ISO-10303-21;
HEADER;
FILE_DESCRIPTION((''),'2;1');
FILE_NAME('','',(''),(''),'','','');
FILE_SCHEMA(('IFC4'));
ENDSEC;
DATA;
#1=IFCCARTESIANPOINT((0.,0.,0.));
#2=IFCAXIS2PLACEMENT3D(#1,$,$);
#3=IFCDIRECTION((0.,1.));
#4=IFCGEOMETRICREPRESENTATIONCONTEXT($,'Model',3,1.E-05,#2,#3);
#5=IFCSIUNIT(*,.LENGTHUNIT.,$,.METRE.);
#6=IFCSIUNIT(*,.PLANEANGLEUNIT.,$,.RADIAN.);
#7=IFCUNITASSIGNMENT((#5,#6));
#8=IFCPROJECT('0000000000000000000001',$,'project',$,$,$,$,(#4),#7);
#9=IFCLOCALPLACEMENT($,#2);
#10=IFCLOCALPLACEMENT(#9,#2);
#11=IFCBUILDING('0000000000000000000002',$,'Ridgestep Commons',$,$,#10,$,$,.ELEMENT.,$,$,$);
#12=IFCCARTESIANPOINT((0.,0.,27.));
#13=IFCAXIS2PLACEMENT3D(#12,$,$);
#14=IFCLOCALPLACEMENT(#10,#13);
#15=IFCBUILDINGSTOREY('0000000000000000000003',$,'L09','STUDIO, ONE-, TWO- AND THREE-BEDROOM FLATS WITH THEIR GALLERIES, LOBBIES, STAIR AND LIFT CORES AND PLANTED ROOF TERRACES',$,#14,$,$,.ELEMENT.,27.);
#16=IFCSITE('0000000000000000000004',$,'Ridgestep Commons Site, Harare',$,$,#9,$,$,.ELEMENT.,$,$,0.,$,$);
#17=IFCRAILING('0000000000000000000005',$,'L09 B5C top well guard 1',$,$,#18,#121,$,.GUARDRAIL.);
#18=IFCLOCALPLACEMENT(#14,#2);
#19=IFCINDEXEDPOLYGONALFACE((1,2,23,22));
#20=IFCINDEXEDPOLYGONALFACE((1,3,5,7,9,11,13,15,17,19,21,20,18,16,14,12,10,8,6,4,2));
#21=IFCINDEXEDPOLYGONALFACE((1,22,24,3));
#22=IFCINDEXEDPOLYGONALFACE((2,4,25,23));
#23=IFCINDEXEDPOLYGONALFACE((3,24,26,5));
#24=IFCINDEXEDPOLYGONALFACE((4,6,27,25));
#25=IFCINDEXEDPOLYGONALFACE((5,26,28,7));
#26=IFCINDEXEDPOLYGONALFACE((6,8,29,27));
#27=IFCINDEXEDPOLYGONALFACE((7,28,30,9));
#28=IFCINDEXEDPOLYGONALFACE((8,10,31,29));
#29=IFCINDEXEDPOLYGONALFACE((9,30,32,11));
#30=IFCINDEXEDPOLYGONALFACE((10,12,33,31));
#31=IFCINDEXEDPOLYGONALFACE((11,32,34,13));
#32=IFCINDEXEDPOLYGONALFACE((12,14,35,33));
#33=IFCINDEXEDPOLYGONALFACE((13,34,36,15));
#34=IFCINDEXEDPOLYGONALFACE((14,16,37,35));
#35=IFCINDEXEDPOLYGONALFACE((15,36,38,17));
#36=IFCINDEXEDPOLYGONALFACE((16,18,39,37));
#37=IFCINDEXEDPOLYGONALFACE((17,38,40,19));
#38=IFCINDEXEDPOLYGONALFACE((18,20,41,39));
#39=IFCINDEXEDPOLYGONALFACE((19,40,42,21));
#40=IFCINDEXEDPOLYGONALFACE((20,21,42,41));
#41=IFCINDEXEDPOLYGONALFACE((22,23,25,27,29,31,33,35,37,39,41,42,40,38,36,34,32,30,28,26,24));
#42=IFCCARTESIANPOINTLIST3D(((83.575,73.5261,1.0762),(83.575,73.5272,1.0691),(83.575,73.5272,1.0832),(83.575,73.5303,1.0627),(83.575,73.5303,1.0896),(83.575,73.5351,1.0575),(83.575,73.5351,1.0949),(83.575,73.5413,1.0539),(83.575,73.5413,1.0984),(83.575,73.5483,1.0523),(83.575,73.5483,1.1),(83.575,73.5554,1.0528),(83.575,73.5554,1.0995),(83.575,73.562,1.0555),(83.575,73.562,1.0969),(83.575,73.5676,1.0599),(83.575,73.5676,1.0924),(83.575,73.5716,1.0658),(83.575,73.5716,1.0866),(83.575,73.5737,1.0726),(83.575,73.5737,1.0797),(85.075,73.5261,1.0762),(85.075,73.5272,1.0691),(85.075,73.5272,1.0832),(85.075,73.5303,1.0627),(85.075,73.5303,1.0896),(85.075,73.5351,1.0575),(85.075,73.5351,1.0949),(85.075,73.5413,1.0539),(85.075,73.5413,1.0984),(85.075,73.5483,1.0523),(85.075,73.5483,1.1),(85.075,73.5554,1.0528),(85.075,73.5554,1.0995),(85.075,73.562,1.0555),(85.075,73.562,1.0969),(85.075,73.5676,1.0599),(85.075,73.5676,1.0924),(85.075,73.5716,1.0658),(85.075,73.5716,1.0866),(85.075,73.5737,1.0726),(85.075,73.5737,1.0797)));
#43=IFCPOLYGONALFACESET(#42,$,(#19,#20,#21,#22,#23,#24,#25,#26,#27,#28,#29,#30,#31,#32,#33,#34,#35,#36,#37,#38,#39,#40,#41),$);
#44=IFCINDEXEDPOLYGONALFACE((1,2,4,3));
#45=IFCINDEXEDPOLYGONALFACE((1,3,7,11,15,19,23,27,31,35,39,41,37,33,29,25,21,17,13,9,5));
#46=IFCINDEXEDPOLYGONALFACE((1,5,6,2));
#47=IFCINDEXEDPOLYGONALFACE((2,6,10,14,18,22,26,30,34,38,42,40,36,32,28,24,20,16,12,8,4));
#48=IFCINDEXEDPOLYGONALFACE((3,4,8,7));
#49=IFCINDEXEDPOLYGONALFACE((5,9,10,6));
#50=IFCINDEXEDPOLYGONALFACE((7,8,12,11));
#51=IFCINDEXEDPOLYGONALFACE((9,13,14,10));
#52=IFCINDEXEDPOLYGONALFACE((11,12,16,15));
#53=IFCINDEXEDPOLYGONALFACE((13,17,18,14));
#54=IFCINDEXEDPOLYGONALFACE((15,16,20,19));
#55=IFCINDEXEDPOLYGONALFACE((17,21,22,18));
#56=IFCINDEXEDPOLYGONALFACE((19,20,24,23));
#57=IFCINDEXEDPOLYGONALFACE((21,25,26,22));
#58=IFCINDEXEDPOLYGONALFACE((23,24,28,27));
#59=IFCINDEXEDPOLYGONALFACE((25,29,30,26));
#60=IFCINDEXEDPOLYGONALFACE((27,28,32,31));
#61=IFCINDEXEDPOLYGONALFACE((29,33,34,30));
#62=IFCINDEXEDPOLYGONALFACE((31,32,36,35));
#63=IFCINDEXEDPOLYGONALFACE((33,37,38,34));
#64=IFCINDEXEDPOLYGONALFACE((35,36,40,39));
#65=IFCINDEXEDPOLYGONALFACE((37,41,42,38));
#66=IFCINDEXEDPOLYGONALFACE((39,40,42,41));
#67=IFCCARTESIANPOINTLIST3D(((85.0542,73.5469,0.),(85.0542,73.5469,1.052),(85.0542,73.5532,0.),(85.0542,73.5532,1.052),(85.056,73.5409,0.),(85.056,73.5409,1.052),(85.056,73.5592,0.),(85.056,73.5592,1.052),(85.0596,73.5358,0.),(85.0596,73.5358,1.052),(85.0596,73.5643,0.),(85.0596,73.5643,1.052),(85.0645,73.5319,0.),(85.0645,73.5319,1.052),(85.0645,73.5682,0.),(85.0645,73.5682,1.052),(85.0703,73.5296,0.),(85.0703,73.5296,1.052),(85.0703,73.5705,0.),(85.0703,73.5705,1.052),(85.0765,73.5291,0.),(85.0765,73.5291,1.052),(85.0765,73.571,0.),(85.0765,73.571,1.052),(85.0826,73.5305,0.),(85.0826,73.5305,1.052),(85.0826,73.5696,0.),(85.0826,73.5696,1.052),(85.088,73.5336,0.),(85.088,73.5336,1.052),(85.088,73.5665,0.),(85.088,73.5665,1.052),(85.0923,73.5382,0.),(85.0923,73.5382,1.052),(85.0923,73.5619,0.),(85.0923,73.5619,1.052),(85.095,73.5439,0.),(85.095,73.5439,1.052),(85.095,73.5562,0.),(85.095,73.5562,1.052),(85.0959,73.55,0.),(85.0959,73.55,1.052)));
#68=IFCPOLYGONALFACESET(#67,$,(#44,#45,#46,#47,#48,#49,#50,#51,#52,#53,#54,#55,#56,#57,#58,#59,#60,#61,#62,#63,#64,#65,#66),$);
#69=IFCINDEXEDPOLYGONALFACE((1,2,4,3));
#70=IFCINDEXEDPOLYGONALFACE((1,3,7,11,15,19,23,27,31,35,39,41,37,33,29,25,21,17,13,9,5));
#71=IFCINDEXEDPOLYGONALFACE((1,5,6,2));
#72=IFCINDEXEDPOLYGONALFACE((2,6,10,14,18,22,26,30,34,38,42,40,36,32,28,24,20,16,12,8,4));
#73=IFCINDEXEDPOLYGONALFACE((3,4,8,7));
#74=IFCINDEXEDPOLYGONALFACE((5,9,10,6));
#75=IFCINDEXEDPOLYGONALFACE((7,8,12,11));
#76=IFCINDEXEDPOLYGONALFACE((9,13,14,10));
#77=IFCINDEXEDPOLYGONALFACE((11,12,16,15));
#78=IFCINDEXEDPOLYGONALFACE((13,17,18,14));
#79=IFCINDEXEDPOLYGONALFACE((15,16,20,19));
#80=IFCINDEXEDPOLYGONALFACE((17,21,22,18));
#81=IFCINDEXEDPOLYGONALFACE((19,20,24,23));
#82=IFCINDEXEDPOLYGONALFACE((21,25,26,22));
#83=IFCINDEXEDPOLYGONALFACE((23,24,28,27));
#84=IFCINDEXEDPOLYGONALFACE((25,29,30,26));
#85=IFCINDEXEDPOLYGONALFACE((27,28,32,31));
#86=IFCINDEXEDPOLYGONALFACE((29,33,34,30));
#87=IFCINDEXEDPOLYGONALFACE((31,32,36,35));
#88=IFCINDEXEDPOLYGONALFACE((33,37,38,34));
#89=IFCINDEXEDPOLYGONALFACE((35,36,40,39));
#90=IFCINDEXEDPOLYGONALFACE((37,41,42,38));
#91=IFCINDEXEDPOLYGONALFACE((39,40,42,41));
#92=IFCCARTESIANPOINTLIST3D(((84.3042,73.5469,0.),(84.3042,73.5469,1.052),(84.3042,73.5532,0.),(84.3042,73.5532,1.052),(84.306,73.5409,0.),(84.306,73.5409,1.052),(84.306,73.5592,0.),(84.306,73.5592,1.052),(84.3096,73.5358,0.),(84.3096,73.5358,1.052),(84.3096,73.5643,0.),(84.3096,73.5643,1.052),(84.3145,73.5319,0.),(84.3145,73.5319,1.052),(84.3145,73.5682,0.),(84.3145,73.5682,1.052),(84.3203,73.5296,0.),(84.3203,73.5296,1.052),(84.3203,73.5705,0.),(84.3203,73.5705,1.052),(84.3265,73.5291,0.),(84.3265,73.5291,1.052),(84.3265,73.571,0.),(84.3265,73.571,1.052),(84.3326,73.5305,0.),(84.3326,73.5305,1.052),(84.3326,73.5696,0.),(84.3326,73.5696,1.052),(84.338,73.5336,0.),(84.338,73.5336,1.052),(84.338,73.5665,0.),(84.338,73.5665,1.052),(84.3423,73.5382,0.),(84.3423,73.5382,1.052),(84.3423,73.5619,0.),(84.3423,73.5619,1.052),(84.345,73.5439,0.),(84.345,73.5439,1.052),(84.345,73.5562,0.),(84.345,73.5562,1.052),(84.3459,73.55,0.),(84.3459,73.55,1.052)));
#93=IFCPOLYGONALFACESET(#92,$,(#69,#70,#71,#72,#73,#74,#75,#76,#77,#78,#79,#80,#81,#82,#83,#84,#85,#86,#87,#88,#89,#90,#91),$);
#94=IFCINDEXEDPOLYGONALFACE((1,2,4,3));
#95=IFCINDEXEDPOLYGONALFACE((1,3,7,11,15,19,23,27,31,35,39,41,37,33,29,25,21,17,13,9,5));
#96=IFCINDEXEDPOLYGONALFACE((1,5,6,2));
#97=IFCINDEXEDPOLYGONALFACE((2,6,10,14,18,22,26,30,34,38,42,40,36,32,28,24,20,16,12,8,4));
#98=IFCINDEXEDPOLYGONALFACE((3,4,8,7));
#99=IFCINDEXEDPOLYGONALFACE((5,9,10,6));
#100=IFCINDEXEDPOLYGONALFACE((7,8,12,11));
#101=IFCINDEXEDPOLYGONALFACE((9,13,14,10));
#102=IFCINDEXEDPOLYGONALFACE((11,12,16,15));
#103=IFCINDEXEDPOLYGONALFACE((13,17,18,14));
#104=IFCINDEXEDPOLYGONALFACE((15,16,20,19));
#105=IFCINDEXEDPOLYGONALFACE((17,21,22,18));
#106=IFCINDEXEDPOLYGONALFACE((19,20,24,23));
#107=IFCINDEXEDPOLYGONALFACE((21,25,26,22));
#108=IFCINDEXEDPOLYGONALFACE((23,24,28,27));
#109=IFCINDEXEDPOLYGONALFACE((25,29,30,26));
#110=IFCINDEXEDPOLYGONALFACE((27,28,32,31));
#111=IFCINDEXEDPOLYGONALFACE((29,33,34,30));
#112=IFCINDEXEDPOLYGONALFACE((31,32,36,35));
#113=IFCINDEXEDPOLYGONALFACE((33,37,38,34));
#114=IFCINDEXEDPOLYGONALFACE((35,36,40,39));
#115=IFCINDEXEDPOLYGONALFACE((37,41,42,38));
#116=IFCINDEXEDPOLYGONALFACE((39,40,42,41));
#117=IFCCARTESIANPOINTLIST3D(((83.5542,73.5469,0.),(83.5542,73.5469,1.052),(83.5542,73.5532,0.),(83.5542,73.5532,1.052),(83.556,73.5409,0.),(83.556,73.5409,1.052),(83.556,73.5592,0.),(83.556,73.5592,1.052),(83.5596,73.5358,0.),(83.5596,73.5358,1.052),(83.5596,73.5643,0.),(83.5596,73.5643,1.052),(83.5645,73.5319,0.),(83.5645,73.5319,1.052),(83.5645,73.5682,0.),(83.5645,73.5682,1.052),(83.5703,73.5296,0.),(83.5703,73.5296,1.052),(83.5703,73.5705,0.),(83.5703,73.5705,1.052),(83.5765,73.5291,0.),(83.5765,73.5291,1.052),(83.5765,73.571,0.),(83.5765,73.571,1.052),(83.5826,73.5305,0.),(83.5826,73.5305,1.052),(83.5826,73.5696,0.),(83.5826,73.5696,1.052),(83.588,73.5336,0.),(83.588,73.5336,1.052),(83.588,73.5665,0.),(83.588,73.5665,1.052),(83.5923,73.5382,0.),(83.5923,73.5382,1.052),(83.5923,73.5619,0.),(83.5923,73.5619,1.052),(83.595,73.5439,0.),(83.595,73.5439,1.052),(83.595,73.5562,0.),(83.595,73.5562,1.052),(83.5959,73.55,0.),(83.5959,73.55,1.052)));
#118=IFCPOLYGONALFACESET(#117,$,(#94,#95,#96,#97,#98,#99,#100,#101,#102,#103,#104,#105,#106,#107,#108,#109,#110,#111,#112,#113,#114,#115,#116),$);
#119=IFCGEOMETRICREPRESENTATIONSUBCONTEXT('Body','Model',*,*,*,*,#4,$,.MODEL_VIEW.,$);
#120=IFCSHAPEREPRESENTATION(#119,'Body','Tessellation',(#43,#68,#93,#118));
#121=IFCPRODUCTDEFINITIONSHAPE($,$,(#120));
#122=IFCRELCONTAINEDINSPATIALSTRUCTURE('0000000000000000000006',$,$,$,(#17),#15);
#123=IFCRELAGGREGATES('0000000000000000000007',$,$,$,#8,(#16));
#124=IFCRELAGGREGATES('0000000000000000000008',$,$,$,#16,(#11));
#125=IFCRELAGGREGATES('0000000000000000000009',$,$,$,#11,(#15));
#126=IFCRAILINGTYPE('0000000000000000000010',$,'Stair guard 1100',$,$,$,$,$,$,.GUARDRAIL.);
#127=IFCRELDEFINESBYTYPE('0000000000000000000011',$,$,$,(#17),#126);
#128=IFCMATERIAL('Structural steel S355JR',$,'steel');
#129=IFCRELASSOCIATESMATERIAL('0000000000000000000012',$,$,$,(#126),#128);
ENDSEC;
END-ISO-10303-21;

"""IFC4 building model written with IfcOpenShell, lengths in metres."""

from ifc_helpers import new_model, si_unit, direction, frame, origin, origin_2d, place, context, subcontext, project, spatial, circle, extrude, material, type_object, element, save


model = new_model("IFC4")

# Units and contexts
model_context = context("Model", 3, precision=1e-05, world=origin(), true_north=direction((0.0, 1.0)))
body_context = subcontext(model_context, "Body", "Model", "MODEL_VIEW")
ifc_project = project(units=[si_unit("LENGTHUNIT", "METRE"), si_unit("PLANEANGLEUNIT", "RADIAN")], contexts=[model_context])

# Site, building, storey
site_placement = place(None, origin())
site = spatial("IfcSite", under=ifc_project, at=site_placement, Name="Ridgestep Commons Site, Harare", CompositionType="ELEMENT", RefElevation=0.0)
building_placement = place(site_placement, origin())
building = spatial("IfcBuilding", under=site, at=building_placement, Name="Ridgestep Commons", CompositionType="ELEMENT")
storey_placement = place(building_placement, frame((0.0, 0.0, 27.0)))
storey = spatial("IfcBuildingStorey", under=building, at=storey_placement, Name="L09", Description="STUDIO, ONE-, TWO- AND THREE-BEDROOM FLATS WITH THEIR GALLERIES, LOBBIES, STAIR AND LIFT CORES AND PLANTED ROOF TERRACES", CompositionType="ELEMENT", Elevation=27.0)

# Railing
ifc_material_1 = material(Name="Structural steel S355JR", Category="steel")
railing_type = type_object("IfcRailingType", Name="Stair guard 1100", PredefinedType="GUARDRAIL", material=ifc_material_1)
railing_placement = place(storey_placement, frame((85.075, 73.55, 0.0)))
element("IfcRailing", 1, at=railing_placement, inside=storey, type_object=railing_type, Name="L09 B5C top well guard 1", PredefinedType="GUARDRAIL", context=body_context, shape_type="SweptSolid", body=[
    extrude(circle(Radius=0.0239, at=origin_2d()), frame((0.0, 0.0, 1.0762), z_axis=(-1.0, 0.0, 0.0), x_axis=(0.0, -1.0, 0.0)), (0.0, 0.0, 1.0), 1.5),
    extrude(circle(Radius=0.021, at=origin_2d()), origin(), (0.0, 0.0, 1.0), 1.052),
    extrude(circle(Radius=0.021, at=origin_2d()), frame((-0.75, 0.0, 0.0)), (0.0, 0.0, 1.0), 1.052),
    extrude(circle(Radius=0.021, at=origin_2d()), frame((-1.5, 0.0, 0.0)), (0.0, 0.0, 1.0), 1.052),
])

save(model, "model.ifc")
